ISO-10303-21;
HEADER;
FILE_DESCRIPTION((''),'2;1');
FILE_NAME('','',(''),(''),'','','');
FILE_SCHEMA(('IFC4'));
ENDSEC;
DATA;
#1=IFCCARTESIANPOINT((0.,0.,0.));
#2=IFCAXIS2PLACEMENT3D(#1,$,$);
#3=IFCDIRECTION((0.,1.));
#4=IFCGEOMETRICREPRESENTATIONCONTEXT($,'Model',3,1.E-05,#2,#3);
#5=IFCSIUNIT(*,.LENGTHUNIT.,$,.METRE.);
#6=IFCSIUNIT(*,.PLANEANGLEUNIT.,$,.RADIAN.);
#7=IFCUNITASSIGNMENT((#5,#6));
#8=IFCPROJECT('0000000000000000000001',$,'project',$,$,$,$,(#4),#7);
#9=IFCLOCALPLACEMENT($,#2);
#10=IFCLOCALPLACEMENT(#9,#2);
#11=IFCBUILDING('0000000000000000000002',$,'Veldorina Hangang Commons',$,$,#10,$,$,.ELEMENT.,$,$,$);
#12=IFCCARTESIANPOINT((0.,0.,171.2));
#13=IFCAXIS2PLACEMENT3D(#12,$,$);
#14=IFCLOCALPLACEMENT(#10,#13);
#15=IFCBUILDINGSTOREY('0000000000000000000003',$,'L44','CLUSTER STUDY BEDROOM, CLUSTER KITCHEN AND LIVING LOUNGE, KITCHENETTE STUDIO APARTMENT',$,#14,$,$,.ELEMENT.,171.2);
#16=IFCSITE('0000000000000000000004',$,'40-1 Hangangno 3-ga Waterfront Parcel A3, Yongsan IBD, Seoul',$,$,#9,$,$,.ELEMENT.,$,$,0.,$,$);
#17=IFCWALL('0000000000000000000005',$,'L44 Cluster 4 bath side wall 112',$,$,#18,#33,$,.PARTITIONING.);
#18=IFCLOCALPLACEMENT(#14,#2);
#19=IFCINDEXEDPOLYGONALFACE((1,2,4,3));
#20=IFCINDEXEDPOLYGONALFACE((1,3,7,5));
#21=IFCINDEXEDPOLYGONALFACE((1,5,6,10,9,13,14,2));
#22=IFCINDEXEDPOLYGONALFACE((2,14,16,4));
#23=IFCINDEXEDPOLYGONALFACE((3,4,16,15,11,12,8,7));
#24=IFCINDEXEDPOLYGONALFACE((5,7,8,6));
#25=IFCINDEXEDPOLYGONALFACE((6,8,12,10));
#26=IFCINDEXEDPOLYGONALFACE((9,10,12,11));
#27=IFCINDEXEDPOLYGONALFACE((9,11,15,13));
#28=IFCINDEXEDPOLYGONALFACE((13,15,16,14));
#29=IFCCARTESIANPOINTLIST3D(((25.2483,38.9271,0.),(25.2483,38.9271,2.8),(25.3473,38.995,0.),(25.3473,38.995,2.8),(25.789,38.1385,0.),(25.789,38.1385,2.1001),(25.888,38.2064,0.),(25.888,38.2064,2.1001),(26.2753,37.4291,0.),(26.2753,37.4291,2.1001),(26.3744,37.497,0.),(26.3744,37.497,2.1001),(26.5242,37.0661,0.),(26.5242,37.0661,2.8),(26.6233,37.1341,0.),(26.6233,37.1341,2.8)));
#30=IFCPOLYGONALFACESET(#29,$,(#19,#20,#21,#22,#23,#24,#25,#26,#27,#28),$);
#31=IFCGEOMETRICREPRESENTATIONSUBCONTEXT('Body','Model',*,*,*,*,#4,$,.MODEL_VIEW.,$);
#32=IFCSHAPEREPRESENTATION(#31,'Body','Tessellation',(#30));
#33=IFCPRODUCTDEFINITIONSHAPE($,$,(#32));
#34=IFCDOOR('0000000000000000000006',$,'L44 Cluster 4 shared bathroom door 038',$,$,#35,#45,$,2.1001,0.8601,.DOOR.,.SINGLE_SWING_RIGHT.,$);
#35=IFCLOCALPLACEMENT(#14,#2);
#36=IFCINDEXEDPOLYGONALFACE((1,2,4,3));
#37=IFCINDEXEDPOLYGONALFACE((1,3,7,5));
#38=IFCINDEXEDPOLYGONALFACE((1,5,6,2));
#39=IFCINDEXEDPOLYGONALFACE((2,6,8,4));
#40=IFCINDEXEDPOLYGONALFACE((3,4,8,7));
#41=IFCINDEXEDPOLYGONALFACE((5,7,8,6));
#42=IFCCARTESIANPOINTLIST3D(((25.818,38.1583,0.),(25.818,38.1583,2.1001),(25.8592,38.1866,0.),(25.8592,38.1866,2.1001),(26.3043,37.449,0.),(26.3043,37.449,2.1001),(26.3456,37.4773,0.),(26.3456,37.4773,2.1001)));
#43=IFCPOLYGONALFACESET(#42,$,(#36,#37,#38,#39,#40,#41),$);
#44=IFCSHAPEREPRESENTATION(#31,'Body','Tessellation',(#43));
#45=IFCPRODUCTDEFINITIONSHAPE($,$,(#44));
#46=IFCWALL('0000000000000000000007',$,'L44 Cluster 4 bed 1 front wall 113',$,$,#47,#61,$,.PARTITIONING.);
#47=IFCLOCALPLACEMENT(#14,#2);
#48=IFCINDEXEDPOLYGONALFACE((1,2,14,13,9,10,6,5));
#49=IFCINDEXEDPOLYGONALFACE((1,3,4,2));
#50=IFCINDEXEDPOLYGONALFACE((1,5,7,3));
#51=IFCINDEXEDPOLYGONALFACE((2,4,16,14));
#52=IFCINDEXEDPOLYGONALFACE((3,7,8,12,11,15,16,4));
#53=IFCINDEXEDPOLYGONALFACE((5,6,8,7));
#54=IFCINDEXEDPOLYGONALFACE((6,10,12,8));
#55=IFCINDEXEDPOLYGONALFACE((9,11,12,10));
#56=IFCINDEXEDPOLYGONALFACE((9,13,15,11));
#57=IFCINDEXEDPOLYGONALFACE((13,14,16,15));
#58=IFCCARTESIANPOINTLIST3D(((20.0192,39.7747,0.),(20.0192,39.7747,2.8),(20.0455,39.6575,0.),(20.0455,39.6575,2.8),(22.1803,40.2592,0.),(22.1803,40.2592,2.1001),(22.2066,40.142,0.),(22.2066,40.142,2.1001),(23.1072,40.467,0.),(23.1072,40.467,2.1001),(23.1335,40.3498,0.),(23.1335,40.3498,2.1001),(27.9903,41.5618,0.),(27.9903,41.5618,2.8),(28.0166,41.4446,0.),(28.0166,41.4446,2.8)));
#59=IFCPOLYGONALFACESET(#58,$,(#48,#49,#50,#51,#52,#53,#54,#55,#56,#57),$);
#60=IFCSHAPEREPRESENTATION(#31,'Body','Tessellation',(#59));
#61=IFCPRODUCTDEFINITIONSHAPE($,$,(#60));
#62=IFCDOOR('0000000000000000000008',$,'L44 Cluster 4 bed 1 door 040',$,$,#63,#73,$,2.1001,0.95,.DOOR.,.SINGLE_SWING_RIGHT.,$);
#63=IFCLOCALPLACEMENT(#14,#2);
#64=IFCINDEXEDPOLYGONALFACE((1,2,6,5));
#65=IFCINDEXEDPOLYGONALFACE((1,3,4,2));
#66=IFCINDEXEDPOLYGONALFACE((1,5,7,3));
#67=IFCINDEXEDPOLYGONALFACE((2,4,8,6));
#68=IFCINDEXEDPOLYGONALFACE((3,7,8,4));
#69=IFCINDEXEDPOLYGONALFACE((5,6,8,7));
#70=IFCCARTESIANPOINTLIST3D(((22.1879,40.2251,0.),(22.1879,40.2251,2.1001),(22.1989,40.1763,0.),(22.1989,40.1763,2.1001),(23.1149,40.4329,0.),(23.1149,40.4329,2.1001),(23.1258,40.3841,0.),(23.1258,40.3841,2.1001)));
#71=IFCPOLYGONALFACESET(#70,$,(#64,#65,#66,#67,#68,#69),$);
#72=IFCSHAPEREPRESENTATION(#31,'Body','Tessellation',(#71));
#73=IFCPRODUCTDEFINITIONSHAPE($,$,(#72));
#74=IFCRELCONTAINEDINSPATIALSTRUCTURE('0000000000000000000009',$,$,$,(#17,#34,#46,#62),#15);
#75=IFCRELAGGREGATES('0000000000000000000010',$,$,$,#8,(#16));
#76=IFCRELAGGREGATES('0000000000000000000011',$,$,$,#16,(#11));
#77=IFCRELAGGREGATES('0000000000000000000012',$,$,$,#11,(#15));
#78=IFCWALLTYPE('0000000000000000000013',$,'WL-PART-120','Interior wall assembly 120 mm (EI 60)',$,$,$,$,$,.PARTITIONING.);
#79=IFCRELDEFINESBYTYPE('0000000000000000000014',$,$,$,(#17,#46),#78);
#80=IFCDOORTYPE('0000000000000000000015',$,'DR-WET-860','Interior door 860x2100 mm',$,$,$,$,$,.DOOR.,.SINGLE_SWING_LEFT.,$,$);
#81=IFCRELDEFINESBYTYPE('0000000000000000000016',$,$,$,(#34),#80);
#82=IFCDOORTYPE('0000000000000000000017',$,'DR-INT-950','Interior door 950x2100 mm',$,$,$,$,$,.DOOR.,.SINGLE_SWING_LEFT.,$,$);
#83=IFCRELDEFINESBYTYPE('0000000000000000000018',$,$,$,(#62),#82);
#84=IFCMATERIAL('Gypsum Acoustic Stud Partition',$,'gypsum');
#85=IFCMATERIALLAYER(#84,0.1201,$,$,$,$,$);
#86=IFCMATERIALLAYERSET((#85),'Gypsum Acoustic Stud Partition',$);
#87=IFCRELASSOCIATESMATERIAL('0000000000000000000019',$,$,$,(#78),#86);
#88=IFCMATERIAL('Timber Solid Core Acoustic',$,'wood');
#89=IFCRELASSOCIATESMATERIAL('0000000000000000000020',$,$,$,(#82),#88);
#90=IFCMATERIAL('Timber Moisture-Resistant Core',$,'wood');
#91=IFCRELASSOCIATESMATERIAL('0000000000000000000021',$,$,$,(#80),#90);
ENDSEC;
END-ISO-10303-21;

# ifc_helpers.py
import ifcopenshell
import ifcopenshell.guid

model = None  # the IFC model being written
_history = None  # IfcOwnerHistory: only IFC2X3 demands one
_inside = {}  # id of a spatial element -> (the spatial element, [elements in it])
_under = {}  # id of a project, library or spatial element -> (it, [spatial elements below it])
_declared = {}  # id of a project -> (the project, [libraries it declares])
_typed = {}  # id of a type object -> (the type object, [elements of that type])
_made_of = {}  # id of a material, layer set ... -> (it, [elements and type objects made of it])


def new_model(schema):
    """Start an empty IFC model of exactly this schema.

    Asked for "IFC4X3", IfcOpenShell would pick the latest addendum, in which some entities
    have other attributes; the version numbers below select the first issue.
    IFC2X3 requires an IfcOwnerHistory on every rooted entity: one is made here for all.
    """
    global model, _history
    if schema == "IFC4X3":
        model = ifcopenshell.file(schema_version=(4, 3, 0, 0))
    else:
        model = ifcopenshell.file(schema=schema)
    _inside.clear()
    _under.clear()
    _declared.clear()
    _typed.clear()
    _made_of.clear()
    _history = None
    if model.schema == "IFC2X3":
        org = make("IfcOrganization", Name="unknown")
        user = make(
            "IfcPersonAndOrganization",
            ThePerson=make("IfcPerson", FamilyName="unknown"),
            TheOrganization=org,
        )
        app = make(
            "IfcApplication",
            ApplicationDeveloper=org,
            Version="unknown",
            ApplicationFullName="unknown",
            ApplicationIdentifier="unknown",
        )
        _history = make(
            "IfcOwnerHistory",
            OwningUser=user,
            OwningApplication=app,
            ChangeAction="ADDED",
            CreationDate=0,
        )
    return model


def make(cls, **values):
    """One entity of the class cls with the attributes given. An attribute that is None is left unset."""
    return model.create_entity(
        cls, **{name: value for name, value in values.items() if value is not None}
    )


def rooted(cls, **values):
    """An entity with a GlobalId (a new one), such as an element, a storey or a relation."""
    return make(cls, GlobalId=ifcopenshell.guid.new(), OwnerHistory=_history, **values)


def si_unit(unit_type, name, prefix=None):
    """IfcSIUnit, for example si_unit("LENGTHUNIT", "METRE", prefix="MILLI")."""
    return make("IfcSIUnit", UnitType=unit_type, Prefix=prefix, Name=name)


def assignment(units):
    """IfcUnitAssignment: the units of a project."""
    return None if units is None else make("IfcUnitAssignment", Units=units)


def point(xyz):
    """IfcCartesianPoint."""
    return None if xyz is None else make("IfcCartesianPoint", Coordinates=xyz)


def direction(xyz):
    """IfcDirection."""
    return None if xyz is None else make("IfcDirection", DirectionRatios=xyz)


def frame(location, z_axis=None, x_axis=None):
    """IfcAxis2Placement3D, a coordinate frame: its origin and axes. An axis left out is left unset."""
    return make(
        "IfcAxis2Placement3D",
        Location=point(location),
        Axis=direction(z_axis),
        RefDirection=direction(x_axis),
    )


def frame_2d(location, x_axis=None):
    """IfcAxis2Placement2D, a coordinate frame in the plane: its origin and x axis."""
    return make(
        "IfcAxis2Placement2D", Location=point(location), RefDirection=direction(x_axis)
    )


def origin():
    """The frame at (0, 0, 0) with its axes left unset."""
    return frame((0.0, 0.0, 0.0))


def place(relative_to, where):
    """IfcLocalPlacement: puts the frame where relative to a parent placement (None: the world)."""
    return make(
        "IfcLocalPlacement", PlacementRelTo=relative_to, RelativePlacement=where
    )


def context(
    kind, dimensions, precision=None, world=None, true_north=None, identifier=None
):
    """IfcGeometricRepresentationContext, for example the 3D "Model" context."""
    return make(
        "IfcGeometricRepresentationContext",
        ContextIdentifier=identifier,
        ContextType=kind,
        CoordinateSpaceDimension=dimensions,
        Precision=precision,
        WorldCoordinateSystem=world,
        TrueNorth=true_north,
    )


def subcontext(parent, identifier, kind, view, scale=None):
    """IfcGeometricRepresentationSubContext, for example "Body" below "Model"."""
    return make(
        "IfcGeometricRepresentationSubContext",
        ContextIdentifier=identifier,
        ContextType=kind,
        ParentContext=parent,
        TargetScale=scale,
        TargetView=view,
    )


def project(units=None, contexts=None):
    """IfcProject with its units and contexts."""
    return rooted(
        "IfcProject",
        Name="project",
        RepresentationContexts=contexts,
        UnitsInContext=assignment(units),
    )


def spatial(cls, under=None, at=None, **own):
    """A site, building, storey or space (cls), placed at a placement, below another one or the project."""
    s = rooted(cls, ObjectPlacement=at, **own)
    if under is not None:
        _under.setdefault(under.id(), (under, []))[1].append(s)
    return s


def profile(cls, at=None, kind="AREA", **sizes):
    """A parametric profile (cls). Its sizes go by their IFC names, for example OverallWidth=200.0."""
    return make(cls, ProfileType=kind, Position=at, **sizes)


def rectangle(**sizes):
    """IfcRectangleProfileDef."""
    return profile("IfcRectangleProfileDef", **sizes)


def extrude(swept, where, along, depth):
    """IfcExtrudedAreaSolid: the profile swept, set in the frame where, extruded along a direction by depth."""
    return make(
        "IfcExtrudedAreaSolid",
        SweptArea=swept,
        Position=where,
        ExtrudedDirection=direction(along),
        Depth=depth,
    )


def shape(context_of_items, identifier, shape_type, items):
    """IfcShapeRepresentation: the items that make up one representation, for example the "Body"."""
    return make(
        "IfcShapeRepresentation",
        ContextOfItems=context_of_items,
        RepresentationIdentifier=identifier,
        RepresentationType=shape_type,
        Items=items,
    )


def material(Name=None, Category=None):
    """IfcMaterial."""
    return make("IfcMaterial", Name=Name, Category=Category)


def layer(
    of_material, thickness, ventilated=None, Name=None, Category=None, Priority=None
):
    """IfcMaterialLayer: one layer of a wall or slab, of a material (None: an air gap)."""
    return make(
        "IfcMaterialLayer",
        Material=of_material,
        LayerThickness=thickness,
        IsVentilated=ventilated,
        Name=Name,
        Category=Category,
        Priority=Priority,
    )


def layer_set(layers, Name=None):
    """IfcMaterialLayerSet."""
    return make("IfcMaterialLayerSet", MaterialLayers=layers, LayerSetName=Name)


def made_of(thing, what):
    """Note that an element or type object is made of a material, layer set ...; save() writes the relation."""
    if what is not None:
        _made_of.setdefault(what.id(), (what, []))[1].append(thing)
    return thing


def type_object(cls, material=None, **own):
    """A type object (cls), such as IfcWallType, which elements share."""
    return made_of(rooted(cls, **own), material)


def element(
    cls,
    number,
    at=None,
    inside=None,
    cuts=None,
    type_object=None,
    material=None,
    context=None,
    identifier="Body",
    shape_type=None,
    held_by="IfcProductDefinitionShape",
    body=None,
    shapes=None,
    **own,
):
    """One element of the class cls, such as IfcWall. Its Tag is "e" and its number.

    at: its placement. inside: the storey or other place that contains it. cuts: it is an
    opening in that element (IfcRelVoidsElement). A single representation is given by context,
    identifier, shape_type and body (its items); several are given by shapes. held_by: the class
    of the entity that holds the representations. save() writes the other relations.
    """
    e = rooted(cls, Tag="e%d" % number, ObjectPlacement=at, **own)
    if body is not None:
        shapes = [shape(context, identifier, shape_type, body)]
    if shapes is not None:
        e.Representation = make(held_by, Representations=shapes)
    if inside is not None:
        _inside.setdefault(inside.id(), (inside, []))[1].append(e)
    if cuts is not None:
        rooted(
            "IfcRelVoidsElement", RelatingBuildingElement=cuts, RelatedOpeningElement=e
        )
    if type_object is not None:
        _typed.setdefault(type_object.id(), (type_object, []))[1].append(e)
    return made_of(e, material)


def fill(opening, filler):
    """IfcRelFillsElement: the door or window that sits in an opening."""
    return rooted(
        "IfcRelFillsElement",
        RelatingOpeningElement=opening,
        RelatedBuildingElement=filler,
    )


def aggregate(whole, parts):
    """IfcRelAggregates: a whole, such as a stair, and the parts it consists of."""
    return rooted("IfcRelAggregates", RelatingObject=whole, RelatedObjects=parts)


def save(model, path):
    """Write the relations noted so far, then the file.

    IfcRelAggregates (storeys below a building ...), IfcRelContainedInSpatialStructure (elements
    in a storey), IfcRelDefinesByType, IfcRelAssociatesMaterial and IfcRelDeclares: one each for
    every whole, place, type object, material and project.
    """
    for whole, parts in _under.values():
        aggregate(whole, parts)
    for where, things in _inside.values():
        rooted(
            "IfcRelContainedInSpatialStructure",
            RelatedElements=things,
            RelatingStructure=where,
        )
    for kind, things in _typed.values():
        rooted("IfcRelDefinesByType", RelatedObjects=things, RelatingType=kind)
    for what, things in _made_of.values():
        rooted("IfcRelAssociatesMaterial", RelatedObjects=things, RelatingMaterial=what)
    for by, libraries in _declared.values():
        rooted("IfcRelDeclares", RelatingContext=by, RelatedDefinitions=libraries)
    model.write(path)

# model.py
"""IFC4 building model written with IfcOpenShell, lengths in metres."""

from ifc_helpers import new_model, si_unit, direction, frame, frame_2d, origin, place, context, subcontext, project, spatial, rectangle, extrude, material, layer, layer_set, type_object, element, fill, save


model = new_model("IFC4")

# Units and contexts
model_context = context("Model", 3, precision=1e-05, world=origin(), true_north=direction((0.0, 1.0)))
body_context = subcontext(model_context, "Body", "Model", "MODEL_VIEW")
ifc_project = project(units=[si_unit("LENGTHUNIT", "METRE"), si_unit("PLANEANGLEUNIT", "RADIAN")], contexts=[model_context])

# Site, building, storey
site_placement = place(None, origin())
site = spatial("IfcSite", under=ifc_project, at=site_placement, Name="40-1 Hangangno 3-ga Waterfront Parcel A3, Yongsan IBD, Seoul", CompositionType="ELEMENT", RefElevation=0.0)
building_placement = place(site_placement, origin())
building = spatial("IfcBuilding", under=site, at=building_placement, Name="Veldorina Hangang Commons", CompositionType="ELEMENT")
storey_placement = place(building_placement, frame((0.0, 0.0, 171.2)))
storey = spatial("IfcBuildingStorey", under=building, at=storey_placement, Name="L44", Description="CLUSTER STUDY BEDROOM, CLUSTER KITCHEN AND LIVING LOUNGE, KITCHENETTE STUDIO APARTMENT", CompositionType="ELEMENT", Elevation=171.2)

# Shared definitions
ifc_material_1 = material(Name="Gypsum Acoustic Stud Partition", Category="gypsum")
ifc_layer_1 = layer(ifc_material_1, 0.1201)
ifc_layer_set_1 = layer_set([ifc_layer_1], Name="Gypsum Acoustic Stud Partition")
wall_type_1 = type_object("IfcWallType", Name="WL-PART-120", Description="Interior wall assembly 120 mm (EI 60)", PredefinedType="PARTITIONING", material=ifc_layer_set_1)
ifc_material_2 = material(Name="Timber Solid Core Acoustic", Category="wood")
door_type_1 = type_object("IfcDoorType", Name="DR-INT-950", Description="Interior door 950x2100 mm", OperationType="SINGLE_SWING_LEFT", PredefinedType="DOOR", material=ifc_material_2)

# Walls, openings, doors
wall_1_placement = place(storey_placement, frame((26.5737, 37.1001, 0.0), z_axis=(0.0, 0.0, 1.0), x_axis=(-0.565491, 0.824755, 0.0)))
wall_1 = element("IfcWall", 1, at=wall_1_placement, inside=storey, type_object=wall_type_1, Name="L44 Cluster 4 bath side wall 112", PredefinedType="PARTITIONING", context=body_context, shape_type="SweptSolid", body=[
    extrude(rectangle(XDim=2.2563, YDim=0.1201, at=frame_2d((1.1282, 0.0))), origin(), (0.0, 0.0, 1.0), 2.8),
])
opening_1_placement = place(wall_1_placement, frame((0.4399, 0.0, 0.0)))
opening_1 = element("IfcOpeningElement", 2, at=opening_1_placement, cuts=wall_1, PredefinedType="OPENING", context=body_context, shape_type="SweptSolid", body=[
    extrude(rectangle(XDim=0.8601, YDim=2.1001, at=frame_2d((0.4302, 1.05))), frame((0.0, 0.0701, 0.0), z_axis=(0.0, -1.0, 0.0), x_axis=(1.0, 0.0, 0.0)), (0.0, 0.0, 1.0), 0.1401),
])
ifc_material_3 = material(Name="Timber Moisture-Resistant Core", Category="wood")
door_type_2 = type_object("IfcDoorType", Name="DR-WET-860", Description="Interior door 860x2100 mm", OperationType="SINGLE_SWING_LEFT", PredefinedType="DOOR", material=ifc_material_3)
door_1_placement = place(opening_1_placement, origin())
door_1 = element("IfcDoor", 3, at=door_1_placement, inside=storey, type_object=door_type_2, Name="L44 Cluster 4 shared bathroom door 038", OperationType="SINGLE_SWING_RIGHT", OverallHeight=2.1001, OverallWidth=0.8601, PredefinedType="DOOR", context=body_context, shape_type="SweptSolid", body=[
    extrude(rectangle(XDim=0.8601, YDim=2.1001, at=frame_2d((0.4302, 1.05))), frame((0.0, 0.0249, 0.0), z_axis=(0.0, -1.0, 0.0), x_axis=(1.0, 0.0, 0.0)), (0.0, 0.0, 1.0), 0.05),
])
fill(opening_1, door_1)
wall_2_placement = place(storey_placement, frame((28.0034, 41.5032, 0.0), z_axis=(0.0, 0.0, 1.0), x_axis=(-0.975777, -0.218765, 0.0)))
wall_2 = element("IfcWall", 4, at=wall_2_placement, inside=storey, type_object=wall_type_1, Name="L44 Cluster 4 bed 1 front wall 113", PredefinedType="PARTITIONING", context=body_context, shape_type="SweptSolid", body=[
    extrude(rectangle(XDim=8.1689, YDim=0.1201, at=frame_2d((4.0845, 0.0))), origin(), (0.0, 0.0, 1.0), 2.8),
])
opening_2_placement = place(wall_2_placement, frame((5.0042, 0.0, 0.0)))
opening_2 = element("IfcOpeningElement", 5, at=opening_2_placement, cuts=wall_2, PredefinedType="OPENING", context=body_context, shape_type="SweptSolid", body=[
    extrude(rectangle(XDim=0.95, YDim=2.1001, at=frame_2d((0.4751, 1.05))), frame((0.0, 0.0701, 0.0), z_axis=(0.0, -1.0, 0.0), x_axis=(1.0, 0.0, 0.0)), (0.0, 0.0, 1.0), 0.1401),
])
door_2_placement = place(opening_2_placement, origin())
door_2 = element("IfcDoor", 6, at=door_2_placement, inside=storey, type_object=door_type_1, Name="L44 Cluster 4 bed 1 door 040", OperationType="SINGLE_SWING_RIGHT", OverallHeight=2.1001, OverallWidth=0.95, PredefinedType="DOOR", context=body_context, shape_type="SweptSolid", body=[
    extrude(rectangle(XDim=0.95, YDim=2.1001, at=frame_2d((0.4751, 1.05))), frame((0.0, 0.0249, 0.0), z_axis=(0.0, -1.0, 0.0), x_axis=(1.0, 0.0, 0.0)), (0.0, 0.0, 1.0), 0.05),
])
fill(opening_2, door_2)

save(model, "model.ifc")
